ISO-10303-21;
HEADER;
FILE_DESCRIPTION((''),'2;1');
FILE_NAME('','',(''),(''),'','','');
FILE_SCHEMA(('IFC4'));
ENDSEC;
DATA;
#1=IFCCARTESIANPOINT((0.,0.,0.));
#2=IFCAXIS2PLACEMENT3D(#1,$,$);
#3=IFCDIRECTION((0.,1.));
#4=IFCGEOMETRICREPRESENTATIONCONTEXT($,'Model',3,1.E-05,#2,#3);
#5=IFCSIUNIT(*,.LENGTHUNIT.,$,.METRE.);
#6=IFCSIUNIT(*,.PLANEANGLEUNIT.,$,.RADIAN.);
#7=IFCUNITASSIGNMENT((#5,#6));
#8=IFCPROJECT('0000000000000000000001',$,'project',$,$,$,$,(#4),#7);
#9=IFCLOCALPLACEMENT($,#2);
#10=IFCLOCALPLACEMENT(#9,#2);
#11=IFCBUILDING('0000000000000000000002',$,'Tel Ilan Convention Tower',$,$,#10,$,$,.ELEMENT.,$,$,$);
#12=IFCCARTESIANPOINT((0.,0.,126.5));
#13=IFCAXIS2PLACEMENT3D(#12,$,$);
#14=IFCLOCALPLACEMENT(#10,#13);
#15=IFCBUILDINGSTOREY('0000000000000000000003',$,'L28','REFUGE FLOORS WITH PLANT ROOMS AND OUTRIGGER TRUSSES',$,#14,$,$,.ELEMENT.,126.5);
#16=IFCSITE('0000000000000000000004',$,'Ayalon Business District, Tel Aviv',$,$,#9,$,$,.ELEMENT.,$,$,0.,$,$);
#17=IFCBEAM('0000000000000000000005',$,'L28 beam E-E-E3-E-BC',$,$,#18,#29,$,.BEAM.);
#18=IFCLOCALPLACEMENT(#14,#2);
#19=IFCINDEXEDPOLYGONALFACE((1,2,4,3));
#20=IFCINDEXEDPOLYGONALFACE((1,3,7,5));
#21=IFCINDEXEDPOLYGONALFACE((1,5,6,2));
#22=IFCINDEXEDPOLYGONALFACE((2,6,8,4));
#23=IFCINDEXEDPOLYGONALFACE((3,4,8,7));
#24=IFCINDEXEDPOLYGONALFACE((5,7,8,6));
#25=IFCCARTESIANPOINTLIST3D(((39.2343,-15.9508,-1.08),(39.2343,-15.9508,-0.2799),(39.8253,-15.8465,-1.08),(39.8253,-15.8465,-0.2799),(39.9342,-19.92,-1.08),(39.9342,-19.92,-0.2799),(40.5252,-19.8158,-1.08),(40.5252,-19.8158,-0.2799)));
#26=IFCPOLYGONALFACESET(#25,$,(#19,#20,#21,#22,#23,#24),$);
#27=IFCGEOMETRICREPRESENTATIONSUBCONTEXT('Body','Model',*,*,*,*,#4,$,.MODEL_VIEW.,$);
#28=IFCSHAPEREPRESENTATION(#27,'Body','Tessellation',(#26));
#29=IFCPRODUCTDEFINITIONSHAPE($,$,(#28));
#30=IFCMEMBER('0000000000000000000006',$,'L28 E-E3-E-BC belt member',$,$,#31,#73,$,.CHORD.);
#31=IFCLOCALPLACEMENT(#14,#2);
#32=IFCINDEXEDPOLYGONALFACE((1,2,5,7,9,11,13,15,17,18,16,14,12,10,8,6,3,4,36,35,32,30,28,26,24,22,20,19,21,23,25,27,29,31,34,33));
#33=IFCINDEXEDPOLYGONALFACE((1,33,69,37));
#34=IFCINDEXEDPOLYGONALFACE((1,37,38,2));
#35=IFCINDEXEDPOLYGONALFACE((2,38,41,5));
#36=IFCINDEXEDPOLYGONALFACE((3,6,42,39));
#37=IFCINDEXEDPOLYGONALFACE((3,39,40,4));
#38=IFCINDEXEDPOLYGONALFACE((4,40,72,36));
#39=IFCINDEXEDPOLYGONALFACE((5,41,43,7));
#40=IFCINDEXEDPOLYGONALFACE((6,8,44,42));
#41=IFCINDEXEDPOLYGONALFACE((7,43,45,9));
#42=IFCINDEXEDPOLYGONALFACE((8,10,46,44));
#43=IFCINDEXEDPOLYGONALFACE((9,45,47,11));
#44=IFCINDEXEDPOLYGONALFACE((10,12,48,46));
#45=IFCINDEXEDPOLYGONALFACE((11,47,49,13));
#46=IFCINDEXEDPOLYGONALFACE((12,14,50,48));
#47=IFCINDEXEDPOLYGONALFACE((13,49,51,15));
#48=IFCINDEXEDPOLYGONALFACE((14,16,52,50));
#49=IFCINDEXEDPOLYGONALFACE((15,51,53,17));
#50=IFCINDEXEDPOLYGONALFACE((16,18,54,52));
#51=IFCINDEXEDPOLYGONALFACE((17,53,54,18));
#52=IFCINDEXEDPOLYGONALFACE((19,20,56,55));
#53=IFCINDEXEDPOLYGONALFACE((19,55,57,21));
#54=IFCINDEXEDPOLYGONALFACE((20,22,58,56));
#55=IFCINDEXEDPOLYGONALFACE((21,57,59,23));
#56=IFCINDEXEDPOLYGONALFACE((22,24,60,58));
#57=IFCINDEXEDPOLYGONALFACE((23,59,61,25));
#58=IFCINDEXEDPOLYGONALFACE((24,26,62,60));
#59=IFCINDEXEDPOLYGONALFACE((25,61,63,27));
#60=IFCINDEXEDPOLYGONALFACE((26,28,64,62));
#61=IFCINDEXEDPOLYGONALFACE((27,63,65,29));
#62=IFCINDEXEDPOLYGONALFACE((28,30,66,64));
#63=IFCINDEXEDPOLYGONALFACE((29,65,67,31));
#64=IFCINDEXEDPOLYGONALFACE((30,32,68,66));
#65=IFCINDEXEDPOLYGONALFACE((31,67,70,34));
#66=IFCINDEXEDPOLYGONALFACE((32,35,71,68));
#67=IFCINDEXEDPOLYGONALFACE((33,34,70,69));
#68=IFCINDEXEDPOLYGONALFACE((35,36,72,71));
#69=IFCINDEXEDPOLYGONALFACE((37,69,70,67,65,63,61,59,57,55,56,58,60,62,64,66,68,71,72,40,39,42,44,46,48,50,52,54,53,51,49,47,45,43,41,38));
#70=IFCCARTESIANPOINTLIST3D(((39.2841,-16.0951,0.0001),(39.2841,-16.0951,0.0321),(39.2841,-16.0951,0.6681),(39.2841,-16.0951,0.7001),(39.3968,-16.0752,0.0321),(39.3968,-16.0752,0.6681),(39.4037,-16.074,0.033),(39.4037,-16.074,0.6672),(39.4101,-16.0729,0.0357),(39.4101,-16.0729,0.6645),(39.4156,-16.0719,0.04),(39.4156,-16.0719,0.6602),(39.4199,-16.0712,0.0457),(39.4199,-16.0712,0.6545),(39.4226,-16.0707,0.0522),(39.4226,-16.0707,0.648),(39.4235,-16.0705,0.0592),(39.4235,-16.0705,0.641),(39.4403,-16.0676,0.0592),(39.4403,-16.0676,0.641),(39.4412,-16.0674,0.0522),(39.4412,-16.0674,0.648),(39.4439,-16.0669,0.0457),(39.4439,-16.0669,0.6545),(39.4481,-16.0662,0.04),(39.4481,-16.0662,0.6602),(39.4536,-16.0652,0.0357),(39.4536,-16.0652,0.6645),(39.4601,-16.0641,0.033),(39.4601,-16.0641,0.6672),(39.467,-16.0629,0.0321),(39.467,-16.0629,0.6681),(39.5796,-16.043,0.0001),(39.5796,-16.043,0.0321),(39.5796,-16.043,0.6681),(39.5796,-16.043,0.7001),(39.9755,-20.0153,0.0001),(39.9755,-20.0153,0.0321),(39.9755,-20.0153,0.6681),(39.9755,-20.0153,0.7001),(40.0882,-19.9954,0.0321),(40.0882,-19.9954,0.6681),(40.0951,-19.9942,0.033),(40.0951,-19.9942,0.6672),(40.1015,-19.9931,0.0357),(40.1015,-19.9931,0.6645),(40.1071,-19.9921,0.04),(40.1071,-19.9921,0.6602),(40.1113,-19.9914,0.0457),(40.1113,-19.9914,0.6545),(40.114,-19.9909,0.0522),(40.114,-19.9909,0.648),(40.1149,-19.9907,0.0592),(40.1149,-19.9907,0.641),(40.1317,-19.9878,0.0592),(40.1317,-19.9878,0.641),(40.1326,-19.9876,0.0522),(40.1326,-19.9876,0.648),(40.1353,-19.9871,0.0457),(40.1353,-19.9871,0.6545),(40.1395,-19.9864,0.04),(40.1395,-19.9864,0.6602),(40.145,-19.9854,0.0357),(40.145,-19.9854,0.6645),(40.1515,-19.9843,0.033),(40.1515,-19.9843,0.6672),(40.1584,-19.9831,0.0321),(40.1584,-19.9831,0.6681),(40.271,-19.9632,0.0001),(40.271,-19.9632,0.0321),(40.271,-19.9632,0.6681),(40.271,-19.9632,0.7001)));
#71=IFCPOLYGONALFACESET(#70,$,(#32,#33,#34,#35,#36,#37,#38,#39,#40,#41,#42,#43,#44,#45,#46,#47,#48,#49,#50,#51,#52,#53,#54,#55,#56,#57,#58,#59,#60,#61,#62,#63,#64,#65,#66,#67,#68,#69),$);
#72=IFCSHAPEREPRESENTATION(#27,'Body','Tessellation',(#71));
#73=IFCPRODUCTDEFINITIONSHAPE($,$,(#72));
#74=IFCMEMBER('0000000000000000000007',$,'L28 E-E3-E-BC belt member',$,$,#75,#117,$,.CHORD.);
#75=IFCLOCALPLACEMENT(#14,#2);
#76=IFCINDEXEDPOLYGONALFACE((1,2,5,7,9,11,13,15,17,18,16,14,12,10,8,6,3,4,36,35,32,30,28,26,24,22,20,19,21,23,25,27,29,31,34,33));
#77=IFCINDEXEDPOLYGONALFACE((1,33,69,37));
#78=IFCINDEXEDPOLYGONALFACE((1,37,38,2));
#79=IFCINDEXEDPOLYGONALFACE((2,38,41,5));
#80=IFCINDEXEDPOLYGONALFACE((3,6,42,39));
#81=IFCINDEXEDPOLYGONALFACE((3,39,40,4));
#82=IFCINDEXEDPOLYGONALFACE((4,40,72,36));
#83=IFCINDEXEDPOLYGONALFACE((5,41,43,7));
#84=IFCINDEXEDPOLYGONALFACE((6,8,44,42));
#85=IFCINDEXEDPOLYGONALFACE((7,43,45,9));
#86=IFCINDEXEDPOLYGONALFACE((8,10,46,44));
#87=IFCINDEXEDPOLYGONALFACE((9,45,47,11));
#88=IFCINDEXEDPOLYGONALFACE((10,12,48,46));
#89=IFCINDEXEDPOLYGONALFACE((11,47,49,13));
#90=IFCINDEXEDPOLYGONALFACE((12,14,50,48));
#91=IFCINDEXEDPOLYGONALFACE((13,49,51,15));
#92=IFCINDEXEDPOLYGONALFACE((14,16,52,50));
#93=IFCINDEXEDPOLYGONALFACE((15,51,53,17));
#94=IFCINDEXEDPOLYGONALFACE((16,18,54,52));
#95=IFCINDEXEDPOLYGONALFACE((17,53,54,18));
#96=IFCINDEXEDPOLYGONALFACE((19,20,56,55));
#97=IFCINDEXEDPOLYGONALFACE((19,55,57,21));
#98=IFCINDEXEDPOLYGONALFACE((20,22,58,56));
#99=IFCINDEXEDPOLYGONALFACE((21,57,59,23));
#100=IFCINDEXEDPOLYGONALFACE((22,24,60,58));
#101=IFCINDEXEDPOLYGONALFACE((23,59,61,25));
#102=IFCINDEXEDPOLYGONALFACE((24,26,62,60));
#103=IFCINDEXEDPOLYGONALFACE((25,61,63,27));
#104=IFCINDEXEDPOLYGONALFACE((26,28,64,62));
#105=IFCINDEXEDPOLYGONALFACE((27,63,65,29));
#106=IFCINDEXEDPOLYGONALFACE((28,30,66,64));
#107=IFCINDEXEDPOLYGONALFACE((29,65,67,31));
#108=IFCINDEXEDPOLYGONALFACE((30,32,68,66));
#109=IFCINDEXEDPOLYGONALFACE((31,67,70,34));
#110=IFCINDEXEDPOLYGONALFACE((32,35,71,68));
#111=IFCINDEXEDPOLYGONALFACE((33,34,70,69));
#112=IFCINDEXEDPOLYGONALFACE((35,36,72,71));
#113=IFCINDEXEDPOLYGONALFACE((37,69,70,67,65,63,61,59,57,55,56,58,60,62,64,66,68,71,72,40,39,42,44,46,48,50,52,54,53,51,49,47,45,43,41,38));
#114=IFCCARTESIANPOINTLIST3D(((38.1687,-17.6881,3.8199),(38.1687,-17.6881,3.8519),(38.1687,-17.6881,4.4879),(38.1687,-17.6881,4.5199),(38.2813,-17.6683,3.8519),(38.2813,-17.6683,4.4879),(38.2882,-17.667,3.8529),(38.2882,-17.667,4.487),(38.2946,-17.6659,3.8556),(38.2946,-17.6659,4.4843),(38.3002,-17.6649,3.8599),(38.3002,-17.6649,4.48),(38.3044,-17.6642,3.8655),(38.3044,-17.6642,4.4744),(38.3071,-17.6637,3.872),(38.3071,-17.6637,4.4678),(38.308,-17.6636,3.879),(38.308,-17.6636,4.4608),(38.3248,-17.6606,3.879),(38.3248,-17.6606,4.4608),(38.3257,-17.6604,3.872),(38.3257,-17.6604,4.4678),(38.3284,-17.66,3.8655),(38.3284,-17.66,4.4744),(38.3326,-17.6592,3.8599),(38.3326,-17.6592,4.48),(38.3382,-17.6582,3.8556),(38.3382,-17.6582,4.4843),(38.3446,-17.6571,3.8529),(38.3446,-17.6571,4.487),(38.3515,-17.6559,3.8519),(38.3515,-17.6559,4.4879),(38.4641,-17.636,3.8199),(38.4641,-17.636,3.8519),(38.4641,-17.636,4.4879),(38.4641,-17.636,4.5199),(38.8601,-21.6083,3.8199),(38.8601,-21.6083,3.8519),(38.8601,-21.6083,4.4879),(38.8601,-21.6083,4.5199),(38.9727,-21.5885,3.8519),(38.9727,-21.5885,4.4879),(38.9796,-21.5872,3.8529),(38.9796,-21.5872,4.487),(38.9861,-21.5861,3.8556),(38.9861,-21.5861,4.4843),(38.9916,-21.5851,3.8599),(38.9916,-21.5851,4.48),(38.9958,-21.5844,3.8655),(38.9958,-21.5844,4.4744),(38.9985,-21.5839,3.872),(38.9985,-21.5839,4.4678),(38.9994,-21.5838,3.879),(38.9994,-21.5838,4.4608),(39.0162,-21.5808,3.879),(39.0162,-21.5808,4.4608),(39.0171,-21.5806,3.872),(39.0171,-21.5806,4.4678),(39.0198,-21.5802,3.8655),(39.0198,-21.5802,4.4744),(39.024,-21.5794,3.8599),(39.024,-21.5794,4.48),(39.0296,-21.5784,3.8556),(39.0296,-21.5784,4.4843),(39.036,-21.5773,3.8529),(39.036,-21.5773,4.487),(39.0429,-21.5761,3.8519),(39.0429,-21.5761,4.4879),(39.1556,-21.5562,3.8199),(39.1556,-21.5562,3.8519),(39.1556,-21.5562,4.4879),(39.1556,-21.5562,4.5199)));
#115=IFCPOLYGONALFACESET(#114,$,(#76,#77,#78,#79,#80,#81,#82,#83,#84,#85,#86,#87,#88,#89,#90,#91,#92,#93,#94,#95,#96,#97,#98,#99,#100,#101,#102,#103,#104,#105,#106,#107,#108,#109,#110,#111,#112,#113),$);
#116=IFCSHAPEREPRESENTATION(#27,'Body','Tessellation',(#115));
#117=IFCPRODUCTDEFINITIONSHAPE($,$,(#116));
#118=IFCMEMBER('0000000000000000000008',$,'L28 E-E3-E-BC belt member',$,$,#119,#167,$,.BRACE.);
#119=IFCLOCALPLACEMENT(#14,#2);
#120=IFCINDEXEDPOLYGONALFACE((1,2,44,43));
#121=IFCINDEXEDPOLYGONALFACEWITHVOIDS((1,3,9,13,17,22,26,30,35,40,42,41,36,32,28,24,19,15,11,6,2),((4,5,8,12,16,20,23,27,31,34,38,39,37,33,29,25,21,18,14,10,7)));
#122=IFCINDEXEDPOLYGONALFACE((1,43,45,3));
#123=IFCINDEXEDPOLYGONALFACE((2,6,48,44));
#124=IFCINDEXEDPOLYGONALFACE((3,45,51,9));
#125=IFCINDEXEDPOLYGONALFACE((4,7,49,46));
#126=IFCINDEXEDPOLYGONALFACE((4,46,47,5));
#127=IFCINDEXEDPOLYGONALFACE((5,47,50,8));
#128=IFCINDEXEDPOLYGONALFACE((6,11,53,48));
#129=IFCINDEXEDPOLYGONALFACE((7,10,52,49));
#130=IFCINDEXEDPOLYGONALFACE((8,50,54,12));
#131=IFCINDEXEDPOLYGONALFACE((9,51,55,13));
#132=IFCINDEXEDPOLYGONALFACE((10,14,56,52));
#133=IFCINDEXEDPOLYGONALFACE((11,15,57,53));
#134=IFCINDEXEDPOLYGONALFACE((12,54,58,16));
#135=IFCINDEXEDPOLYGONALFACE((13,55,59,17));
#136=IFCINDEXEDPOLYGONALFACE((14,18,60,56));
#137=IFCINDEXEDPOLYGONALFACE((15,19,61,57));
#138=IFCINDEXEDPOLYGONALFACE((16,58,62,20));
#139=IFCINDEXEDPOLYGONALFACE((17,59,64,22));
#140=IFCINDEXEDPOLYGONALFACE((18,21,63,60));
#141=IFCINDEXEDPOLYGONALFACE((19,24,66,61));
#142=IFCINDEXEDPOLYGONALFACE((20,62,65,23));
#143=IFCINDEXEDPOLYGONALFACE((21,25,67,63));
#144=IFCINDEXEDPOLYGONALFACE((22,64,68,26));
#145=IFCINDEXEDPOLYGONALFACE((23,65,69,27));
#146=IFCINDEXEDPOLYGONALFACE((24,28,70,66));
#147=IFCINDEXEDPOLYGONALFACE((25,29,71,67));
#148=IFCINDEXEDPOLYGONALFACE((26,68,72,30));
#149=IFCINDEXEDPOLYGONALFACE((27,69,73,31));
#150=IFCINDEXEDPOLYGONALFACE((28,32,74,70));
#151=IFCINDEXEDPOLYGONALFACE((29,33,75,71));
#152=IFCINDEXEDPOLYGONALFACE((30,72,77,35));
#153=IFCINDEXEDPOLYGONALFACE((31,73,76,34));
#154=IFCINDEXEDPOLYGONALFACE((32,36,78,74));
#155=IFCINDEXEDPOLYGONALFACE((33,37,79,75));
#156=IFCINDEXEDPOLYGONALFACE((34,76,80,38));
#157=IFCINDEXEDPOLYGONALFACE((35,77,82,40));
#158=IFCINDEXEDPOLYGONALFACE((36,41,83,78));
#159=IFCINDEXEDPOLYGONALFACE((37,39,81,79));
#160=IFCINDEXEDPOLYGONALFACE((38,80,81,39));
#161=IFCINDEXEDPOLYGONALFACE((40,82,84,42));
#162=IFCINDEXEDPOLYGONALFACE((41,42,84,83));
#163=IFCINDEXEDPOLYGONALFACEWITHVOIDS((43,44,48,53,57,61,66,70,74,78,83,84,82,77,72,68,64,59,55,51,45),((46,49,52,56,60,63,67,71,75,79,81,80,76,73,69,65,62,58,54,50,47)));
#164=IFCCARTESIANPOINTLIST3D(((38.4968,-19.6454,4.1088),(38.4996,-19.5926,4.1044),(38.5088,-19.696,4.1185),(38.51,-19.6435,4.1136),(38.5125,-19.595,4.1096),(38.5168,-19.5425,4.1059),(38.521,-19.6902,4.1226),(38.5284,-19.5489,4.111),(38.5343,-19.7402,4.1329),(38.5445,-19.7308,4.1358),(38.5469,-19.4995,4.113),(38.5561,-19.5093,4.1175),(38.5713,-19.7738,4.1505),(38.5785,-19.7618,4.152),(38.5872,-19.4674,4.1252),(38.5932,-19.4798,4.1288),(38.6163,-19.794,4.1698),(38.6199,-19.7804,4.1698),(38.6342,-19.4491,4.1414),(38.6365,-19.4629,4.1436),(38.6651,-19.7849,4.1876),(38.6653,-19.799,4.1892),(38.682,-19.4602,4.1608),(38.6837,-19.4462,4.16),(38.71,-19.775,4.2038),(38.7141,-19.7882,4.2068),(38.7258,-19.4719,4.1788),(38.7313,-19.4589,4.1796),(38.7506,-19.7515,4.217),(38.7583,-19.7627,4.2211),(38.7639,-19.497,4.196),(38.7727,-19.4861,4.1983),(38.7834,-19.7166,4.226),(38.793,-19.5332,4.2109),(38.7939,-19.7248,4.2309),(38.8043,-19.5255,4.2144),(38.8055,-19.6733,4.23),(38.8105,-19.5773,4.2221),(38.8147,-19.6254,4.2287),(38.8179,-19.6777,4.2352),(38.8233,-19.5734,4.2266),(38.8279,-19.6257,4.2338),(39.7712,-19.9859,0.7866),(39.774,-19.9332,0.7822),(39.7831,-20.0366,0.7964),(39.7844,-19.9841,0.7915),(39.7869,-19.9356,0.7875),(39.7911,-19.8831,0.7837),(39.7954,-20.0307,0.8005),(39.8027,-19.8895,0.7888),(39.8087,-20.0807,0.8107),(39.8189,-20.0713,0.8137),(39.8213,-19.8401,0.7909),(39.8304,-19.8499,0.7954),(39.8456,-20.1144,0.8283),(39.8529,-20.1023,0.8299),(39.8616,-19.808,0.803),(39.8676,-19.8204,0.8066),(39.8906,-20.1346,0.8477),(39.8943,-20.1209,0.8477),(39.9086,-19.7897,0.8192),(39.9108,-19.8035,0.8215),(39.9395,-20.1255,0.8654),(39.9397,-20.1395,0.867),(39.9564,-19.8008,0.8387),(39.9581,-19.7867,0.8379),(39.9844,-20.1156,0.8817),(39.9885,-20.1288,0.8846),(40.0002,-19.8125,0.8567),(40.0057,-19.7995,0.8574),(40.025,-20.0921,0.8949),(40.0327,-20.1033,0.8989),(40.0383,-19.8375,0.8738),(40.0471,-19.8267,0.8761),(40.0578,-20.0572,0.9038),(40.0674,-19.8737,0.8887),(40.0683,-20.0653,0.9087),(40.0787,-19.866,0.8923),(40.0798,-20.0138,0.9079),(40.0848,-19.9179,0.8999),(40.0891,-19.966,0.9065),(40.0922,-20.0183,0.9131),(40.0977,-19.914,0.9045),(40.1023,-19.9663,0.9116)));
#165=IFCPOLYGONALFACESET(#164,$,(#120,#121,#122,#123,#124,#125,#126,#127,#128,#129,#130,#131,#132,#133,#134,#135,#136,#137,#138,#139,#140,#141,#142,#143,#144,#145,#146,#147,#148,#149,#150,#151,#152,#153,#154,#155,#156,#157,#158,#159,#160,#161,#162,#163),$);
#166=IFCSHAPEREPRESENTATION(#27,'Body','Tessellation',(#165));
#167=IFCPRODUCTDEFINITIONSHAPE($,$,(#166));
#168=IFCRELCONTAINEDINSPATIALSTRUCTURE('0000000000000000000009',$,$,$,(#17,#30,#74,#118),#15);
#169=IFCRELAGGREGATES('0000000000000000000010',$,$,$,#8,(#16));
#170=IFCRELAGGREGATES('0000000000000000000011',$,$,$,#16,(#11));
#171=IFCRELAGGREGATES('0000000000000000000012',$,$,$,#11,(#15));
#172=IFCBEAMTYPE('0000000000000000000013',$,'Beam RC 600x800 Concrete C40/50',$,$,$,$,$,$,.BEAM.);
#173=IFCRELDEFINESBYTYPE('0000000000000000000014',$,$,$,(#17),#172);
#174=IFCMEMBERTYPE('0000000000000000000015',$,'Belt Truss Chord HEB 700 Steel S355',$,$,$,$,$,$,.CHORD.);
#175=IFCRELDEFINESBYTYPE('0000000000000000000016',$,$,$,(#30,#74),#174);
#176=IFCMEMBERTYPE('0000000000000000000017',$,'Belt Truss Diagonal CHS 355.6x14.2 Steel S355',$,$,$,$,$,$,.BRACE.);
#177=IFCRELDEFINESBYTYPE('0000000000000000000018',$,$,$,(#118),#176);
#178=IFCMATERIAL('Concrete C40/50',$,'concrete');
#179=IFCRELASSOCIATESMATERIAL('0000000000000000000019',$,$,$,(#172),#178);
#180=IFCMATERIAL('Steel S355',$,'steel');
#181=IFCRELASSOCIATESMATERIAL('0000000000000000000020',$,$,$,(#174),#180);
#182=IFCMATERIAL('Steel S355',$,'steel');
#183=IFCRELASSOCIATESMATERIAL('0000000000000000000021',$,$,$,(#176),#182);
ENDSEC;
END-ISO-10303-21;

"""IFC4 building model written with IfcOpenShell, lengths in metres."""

from ifc_helpers import new_model, si_unit, direction, frame, origin, origin_2d, place, context, subcontext, project, spatial, rectangle, hollow_circle, i_section, extrude, material, material_profile, profile_set, type_object, element, save


model = new_model("IFC4")

# Units and contexts
model_context = context("Model", 3, precision=1e-05, world=origin(), true_north=direction((0.0, 1.0)))
body_context = subcontext(model_context, "Body", "Model", "MODEL_VIEW")
ifc_project = project(units=[si_unit("LENGTHUNIT", "METRE"), si_unit("PLANEANGLEUNIT", "RADIAN")], contexts=[model_context])

# Site, building, storey
site_placement = place(None, origin())
site = spatial("IfcSite", under=ifc_project, at=site_placement, Name="Ayalon Business District, Tel Aviv", CompositionType="ELEMENT", RefElevation=0.0)
building_placement = place(site_placement, origin())
building = spatial("IfcBuilding", under=site, at=building_placement, Name="Tel Ilan Convention Tower", CompositionType="ELEMENT")
storey_placement = place(building_placement, frame((0.0, 0.0, 126.5)))
storey = spatial("IfcBuildingStorey", under=building, at=storey_placement, Name="L28", Description="REFUGE FLOORS WITH PLANT ROOMS AND OUTRIGGER TRUSSES", CompositionType="ELEMENT", Elevation=126.5)

# Beam
ifc_material_1 = material(Name="Concrete C40/50", Category="concrete")
ifc_material_profile_1 = material_profile(ifc_material_1, rectangle(XDim=0.6001, YDim=0.8, at=origin_2d()), Name="RC 600x800")
ifc_profile_set_1 = profile_set([ifc_material_profile_1], Name="Concrete C40/50")
beam_type = type_object("IfcBeamType", Name="Beam RC 600x800 Concrete C40/50", PredefinedType="BEAM", material=ifc_profile_set_1)
beam_placement = place(storey_placement, frame((40.2297, -19.8679, -0.6799), z_axis=(-0.173664, 0.984805, 0.0), x_axis=(-0.984805, -0.173664, 0.0)))
element("IfcBeam", 1, at=beam_placement, inside=storey, type_object=beam_type, Name="L28 beam E-E-E3-E-BC", PredefinedType="BEAM", context=body_context, shape_type="SweptSolid", body=[
    extrude(rectangle(XDim=0.6001, YDim=0.8, at=origin_2d()), origin(), (0.0, 0.0, 1.0), 4.0305),
])

# Members
ifc_material_2 = material(Name="Steel S355", Category="steel")
ifc_material_profile_2 = material_profile(ifc_material_2, i_section(OverallWidth=0.3, OverallDepth=0.7, WebThickness=0.0171, FlangeThickness=0.032, FilletRadius=0.0271, at=origin_2d()), Name="HEB 700")
ifc_profile_set_2 = profile_set([ifc_material_profile_2], Name="Steel S355")
member_type_1 = type_object("IfcMemberType", Name="Belt Truss Chord HEB 700 Steel S355", PredefinedType="CHORD", material=ifc_profile_set_2)
for number, where, z_axis, x_axis, name in (
    (2, (40.1233, -19.9893, 0.3501), (-0.173691, 0.9848, 0.0), (-0.9848, -0.173691, 0.0), "L28 E-E3-E-BC belt member"),
    (3, (39.0078, -21.5823, 4.1699), (-0.173691, 0.9848, 0.0), (-0.9848, -0.173691, 0.0), "L28 E-E3-E-BC belt member"),
):
    element("IfcMember", number, at=place(storey_placement, frame(where, z_axis=z_axis, x_axis=x_axis)), inside=storey, type_object=member_type_1, Name=name, PredefinedType="CHORD", context=body_context, shape_type="SweptSolid", body=[
        extrude(i_section(OverallWidth=0.3, OverallDepth=0.7, WebThickness=0.0171, FlangeThickness=0.032, FilletRadius=0.0271, at=origin_2d()), origin(), (0.0, 0.0, 1.0), 3.9807),
    ])
ifc_material_3 = material(Name="Steel S355", Category="steel")
ifc_material_profile_3 = material_profile(ifc_material_3, hollow_circle(Radius=0.1777, WallThickness=0.0142, at=origin_2d()), Name="CHS 355.6x14.2")
ifc_profile_set_3 = profile_set([ifc_material_profile_3], Name="Steel S355")
member_type_2 = type_object("IfcMemberType", Name="Belt Truss Diagonal CHS 355.6x14.2 Steel S355", PredefinedType="BRACE", material=ifc_profile_set_3)
member_1_placement = place(storey_placement, frame((39.9365, -19.9629, 0.8477), z_axis=(-0.356522, 0.095277, 0.929416), x_axis=(-0.258181, -0.966097, 0.0)))
element("IfcMember", 4, at=member_1_placement, inside=storey, type_object=member_type_2, Name="L28 E-E3-E-BC belt member", PredefinedType="BRACE", context=body_context, shape_type="SweptSolid", body=[
    extrude(hollow_circle(Radius=0.1777, WallThickness=0.0142, at=origin_2d()), origin(), (0.0, 0.0, 1.0), 3.5745),
])

save(model, "model.ifc")
